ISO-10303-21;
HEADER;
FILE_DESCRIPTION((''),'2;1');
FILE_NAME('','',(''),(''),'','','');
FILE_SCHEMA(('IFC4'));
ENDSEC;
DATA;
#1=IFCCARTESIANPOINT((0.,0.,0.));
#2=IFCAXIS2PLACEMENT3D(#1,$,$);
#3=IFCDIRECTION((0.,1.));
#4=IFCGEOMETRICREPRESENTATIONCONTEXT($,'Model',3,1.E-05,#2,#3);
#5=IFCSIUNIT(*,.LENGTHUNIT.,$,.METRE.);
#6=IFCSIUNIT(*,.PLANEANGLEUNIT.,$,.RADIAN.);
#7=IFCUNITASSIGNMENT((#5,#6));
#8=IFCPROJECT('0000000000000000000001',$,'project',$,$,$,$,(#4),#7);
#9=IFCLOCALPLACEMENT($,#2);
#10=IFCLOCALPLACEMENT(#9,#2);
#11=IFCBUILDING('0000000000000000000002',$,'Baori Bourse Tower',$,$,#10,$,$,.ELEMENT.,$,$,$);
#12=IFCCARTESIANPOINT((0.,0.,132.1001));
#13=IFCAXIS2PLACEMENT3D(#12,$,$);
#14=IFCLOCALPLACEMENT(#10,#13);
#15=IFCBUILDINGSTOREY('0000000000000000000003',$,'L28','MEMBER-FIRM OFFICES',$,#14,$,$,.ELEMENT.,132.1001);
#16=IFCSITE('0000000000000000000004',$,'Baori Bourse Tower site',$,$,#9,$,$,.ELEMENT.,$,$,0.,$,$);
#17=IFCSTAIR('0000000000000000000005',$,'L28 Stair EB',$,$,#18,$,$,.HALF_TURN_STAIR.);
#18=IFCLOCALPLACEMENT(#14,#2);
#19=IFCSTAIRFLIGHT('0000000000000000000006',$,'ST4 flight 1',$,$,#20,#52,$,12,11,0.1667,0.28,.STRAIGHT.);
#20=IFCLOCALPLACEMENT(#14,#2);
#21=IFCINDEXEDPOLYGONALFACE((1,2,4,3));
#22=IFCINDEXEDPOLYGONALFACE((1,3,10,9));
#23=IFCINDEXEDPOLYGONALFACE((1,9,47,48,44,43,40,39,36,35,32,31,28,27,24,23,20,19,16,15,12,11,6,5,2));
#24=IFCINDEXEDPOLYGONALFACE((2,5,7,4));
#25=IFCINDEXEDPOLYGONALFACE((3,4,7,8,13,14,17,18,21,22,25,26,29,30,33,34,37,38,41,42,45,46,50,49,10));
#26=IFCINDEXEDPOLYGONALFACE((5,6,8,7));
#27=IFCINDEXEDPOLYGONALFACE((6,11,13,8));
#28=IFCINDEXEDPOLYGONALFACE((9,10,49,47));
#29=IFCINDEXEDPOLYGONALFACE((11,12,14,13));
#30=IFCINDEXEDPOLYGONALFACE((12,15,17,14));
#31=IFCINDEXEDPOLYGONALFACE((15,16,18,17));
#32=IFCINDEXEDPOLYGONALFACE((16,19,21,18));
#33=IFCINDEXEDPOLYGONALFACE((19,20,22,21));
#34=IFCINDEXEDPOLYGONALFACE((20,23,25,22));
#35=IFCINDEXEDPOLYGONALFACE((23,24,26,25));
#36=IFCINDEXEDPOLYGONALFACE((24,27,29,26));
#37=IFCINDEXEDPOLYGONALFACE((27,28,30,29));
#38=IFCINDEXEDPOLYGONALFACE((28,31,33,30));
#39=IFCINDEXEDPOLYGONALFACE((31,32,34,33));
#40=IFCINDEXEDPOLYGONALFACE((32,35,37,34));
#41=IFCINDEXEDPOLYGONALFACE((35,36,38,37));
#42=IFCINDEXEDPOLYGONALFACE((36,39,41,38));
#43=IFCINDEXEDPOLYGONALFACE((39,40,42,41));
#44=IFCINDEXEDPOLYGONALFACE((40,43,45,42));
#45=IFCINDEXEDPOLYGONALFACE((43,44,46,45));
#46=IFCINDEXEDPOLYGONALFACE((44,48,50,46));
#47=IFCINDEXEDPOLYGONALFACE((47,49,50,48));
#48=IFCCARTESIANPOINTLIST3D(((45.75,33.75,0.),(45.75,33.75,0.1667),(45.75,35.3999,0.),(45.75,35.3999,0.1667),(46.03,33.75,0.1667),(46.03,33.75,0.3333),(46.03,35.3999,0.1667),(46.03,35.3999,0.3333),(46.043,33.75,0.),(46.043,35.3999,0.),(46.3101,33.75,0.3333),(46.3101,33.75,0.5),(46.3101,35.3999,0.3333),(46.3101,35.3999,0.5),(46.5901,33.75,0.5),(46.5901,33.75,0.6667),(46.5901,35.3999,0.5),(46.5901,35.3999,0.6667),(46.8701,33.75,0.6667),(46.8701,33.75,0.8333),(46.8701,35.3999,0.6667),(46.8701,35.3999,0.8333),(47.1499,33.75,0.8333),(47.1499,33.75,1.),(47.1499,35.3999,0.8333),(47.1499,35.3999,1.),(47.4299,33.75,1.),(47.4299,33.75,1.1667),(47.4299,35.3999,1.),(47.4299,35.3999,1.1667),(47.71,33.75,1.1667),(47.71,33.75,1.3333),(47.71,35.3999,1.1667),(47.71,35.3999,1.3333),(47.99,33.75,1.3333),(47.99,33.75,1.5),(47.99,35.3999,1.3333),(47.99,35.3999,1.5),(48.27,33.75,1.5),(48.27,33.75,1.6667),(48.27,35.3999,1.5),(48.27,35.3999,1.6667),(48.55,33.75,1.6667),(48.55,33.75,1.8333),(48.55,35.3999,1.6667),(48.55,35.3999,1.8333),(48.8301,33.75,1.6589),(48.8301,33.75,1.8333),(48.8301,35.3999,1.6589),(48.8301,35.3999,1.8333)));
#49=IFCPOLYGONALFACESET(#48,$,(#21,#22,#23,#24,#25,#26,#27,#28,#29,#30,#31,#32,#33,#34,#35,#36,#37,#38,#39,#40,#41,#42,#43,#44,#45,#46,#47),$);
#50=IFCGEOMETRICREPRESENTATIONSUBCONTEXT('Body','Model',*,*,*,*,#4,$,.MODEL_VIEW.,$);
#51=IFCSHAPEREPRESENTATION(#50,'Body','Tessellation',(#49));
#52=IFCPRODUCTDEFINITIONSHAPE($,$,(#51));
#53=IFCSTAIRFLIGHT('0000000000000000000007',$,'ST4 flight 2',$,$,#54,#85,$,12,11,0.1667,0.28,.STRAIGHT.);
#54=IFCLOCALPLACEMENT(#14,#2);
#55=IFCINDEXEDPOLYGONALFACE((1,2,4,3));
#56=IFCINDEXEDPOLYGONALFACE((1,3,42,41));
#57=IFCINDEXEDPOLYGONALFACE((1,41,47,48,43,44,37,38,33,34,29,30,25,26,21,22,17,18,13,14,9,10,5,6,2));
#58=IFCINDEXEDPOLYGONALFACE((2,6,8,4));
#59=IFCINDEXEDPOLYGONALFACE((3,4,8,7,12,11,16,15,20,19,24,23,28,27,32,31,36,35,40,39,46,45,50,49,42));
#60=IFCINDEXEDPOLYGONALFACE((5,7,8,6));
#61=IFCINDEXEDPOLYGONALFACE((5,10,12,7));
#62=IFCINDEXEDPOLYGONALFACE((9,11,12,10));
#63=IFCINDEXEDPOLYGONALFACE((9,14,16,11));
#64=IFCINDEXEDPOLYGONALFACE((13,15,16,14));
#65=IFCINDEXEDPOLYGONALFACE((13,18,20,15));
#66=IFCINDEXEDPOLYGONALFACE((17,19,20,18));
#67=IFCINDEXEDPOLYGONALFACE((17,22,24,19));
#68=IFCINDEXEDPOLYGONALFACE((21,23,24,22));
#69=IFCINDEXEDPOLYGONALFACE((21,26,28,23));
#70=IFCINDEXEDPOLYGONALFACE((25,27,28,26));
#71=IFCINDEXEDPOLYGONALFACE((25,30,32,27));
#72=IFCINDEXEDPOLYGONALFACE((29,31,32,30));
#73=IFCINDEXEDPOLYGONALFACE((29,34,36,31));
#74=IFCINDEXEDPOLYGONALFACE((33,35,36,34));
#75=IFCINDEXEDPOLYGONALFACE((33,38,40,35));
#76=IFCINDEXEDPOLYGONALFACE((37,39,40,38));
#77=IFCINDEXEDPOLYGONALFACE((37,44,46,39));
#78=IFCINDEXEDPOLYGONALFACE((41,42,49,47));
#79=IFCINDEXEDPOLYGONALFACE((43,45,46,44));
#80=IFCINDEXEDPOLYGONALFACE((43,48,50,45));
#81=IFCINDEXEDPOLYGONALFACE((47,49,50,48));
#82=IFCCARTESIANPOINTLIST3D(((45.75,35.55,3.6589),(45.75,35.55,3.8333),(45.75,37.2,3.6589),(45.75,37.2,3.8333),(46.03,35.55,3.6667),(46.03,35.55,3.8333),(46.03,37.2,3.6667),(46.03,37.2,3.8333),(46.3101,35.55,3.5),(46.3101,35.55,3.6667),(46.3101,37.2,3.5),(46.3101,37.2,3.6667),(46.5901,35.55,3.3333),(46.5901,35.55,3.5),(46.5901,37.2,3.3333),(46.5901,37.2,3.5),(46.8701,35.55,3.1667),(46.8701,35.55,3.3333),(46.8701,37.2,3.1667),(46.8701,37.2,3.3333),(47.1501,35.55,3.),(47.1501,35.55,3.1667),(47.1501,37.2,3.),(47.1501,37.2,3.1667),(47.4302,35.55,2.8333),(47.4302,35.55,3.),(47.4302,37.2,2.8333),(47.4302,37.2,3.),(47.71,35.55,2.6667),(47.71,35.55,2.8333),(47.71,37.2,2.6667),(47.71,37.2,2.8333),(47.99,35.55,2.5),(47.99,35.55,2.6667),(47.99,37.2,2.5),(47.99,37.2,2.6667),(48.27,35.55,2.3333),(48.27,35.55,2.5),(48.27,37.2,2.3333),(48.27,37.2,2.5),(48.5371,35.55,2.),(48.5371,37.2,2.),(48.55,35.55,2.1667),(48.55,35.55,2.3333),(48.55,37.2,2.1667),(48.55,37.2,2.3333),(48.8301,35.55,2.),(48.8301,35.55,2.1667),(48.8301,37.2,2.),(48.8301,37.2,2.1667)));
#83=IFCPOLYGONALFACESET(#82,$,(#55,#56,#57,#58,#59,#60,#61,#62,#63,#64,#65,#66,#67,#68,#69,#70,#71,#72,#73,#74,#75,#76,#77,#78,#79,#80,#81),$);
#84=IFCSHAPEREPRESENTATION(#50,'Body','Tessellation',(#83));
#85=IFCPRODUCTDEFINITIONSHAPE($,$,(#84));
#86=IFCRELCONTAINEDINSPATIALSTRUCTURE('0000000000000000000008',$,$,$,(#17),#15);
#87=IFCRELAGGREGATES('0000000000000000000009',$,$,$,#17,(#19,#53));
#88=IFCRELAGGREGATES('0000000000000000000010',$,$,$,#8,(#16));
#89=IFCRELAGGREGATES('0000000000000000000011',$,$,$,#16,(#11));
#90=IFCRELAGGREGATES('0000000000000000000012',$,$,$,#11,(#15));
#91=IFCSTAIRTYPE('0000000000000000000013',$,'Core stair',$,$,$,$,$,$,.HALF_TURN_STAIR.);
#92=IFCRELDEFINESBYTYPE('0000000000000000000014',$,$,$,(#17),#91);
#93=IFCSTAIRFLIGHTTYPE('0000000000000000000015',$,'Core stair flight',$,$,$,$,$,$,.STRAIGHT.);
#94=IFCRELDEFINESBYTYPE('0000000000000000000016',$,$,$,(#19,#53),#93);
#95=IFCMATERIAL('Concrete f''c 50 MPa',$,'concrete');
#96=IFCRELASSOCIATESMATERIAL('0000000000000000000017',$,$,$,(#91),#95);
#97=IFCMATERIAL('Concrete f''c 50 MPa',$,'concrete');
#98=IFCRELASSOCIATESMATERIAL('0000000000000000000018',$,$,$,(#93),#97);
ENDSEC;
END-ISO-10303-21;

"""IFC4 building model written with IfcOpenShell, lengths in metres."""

from ifc_helpers import new_model, si_unit, direction, frame, origin, place, context, subcontext, project, spatial, polyline, outline, extrude, material, type_object, element, aggregate, save


model = new_model("IFC4")

# Units and contexts
model_context = context("Model", 3, precision=1e-05, world=origin(), true_north=direction((0.0, 1.0)))
body_context = subcontext(model_context, "Body", "Model", "MODEL_VIEW")
ifc_project = project(units=[si_unit("LENGTHUNIT", "METRE"), si_unit("PLANEANGLEUNIT", "RADIAN")], contexts=[model_context])

# Site, building, storey
site_placement = place(None, origin())
site = spatial("IfcSite", under=ifc_project, at=site_placement, Name="Baori Bourse Tower site", CompositionType="ELEMENT", RefElevation=0.0)
building_placement = place(site_placement, origin())
building = spatial("IfcBuilding", under=site, at=building_placement, Name="Baori Bourse Tower", CompositionType="ELEMENT")
storey_placement = place(building_placement, frame((0.0, 0.0, 132.1001)))
storey = spatial("IfcBuildingStorey", under=building, at=storey_placement, Name="L28", Description="MEMBER-FIRM OFFICES", CompositionType="ELEMENT", Elevation=132.1001)

# Stair, stair flights
ifc_material_1 = material(Name="Concrete f'c 50 MPa", Category="concrete")
stair_type = type_object("IfcStairType", Name="Core stair", PredefinedType="HALF_TURN_STAIR", material=ifc_material_1)
stair_placement = place(storey_placement, origin())
stair = element("IfcStair", 1, at=stair_placement, inside=storey, type_object=stair_type, Name="L28 Stair EB", PredefinedType="HALF_TURN_STAIR")
ifc_material_2 = material(Name="Concrete f'c 50 MPa", Category="concrete")
stair_flight_type = type_object("IfcStairFlightType", Name="Core stair flight", PredefinedType="STRAIGHT", material=ifc_material_2)
stair_flight_1_placement = place(storey_placement, frame((45.75, 34.575, 0.0), z_axis=(0.0, 0.0, 1.0), x_axis=(1.0, 0.0, 0.0)))
stair_flight_1 = element("IfcStairFlight", 2, at=stair_flight_1_placement, type_object=stair_flight_type, Name="ST4 flight 1", NumberOfRisers=12, NumberOfTreads=11, PredefinedType="STRAIGHT", RiserHeight=0.1667, TreadLength=0.28, context=body_context, shape_type="SweptSolid", body=[
    extrude(outline(polyline([(0.0, 0.0), (0.0, 0.1667), (0.28, 0.1667), (0.28, 0.3333), (0.5601, 0.3333), (0.5601, 0.5), (0.8401, 0.5), (0.8401, 0.6667), (1.1201, 0.6667), (1.1201, 0.8333), (1.3999, 0.8333), (1.3999, 1.0), (1.6799, 1.0), (1.6799, 1.1667), (1.96, 1.1667), (1.96, 1.3333), (2.24, 1.3333), (2.24, 1.5), (2.52, 1.5), (2.52, 1.6667), (2.8, 1.6667), (2.8, 1.8333), (3.0801, 1.8333), (3.0801, 2.0), (3.0801, 1.6589), (0.293, 0.0), (0.0, 0.0)])), frame((0.0, 0.825, 0.0), z_axis=(0.0, -1.0, 0.0), x_axis=(1.0, 0.0, 0.0)), (0.0, 0.0, 1.0), 1.6499),
])
stair_flight_2_placement = place(storey_placement, frame((48.8301, 36.375, 2.0), z_axis=(0.0, 0.0, 1.0), x_axis=(-1.0, 0.0, 0.0)))
stair_flight_2 = element("IfcStairFlight", 3, at=stair_flight_2_placement, type_object=stair_flight_type, Name="ST4 flight 2", NumberOfRisers=12, NumberOfTreads=11, PredefinedType="STRAIGHT", RiserHeight=0.1667, TreadLength=0.28, context=body_context, shape_type="SweptSolid", body=[
    extrude(outline(polyline([(0.0, 0.0), (0.0, 0.1667), (0.28, 0.1667), (0.28, 0.3333), (0.5601, 0.3333), (0.5601, 0.5), (0.8401, 0.5), (0.8401, 0.6667), (1.1201, 0.6667), (1.1201, 0.8333), (1.3999, 0.8333), (1.3999, 1.0), (1.6799, 1.0), (1.6799, 1.1667), (1.96, 1.1667), (1.96, 1.3333), (2.24, 1.3333), (2.24, 1.5), (2.52, 1.5), (2.52, 1.6667), (2.8, 1.6667), (2.8, 1.8333), (3.0801, 1.8333), (3.0801, 2.0), (3.0801, 1.6589), (0.293, 0.0), (0.0, 0.0)])), frame((0.0, 0.825, 0.0), z_axis=(0.0, -1.0, 0.0), x_axis=(1.0, 0.0, 0.0)), (0.0, 0.0, 1.0), 1.6499),
])
aggregate(stair, [stair_flight_1, stair_flight_2])

save(model, "model.ifc")
